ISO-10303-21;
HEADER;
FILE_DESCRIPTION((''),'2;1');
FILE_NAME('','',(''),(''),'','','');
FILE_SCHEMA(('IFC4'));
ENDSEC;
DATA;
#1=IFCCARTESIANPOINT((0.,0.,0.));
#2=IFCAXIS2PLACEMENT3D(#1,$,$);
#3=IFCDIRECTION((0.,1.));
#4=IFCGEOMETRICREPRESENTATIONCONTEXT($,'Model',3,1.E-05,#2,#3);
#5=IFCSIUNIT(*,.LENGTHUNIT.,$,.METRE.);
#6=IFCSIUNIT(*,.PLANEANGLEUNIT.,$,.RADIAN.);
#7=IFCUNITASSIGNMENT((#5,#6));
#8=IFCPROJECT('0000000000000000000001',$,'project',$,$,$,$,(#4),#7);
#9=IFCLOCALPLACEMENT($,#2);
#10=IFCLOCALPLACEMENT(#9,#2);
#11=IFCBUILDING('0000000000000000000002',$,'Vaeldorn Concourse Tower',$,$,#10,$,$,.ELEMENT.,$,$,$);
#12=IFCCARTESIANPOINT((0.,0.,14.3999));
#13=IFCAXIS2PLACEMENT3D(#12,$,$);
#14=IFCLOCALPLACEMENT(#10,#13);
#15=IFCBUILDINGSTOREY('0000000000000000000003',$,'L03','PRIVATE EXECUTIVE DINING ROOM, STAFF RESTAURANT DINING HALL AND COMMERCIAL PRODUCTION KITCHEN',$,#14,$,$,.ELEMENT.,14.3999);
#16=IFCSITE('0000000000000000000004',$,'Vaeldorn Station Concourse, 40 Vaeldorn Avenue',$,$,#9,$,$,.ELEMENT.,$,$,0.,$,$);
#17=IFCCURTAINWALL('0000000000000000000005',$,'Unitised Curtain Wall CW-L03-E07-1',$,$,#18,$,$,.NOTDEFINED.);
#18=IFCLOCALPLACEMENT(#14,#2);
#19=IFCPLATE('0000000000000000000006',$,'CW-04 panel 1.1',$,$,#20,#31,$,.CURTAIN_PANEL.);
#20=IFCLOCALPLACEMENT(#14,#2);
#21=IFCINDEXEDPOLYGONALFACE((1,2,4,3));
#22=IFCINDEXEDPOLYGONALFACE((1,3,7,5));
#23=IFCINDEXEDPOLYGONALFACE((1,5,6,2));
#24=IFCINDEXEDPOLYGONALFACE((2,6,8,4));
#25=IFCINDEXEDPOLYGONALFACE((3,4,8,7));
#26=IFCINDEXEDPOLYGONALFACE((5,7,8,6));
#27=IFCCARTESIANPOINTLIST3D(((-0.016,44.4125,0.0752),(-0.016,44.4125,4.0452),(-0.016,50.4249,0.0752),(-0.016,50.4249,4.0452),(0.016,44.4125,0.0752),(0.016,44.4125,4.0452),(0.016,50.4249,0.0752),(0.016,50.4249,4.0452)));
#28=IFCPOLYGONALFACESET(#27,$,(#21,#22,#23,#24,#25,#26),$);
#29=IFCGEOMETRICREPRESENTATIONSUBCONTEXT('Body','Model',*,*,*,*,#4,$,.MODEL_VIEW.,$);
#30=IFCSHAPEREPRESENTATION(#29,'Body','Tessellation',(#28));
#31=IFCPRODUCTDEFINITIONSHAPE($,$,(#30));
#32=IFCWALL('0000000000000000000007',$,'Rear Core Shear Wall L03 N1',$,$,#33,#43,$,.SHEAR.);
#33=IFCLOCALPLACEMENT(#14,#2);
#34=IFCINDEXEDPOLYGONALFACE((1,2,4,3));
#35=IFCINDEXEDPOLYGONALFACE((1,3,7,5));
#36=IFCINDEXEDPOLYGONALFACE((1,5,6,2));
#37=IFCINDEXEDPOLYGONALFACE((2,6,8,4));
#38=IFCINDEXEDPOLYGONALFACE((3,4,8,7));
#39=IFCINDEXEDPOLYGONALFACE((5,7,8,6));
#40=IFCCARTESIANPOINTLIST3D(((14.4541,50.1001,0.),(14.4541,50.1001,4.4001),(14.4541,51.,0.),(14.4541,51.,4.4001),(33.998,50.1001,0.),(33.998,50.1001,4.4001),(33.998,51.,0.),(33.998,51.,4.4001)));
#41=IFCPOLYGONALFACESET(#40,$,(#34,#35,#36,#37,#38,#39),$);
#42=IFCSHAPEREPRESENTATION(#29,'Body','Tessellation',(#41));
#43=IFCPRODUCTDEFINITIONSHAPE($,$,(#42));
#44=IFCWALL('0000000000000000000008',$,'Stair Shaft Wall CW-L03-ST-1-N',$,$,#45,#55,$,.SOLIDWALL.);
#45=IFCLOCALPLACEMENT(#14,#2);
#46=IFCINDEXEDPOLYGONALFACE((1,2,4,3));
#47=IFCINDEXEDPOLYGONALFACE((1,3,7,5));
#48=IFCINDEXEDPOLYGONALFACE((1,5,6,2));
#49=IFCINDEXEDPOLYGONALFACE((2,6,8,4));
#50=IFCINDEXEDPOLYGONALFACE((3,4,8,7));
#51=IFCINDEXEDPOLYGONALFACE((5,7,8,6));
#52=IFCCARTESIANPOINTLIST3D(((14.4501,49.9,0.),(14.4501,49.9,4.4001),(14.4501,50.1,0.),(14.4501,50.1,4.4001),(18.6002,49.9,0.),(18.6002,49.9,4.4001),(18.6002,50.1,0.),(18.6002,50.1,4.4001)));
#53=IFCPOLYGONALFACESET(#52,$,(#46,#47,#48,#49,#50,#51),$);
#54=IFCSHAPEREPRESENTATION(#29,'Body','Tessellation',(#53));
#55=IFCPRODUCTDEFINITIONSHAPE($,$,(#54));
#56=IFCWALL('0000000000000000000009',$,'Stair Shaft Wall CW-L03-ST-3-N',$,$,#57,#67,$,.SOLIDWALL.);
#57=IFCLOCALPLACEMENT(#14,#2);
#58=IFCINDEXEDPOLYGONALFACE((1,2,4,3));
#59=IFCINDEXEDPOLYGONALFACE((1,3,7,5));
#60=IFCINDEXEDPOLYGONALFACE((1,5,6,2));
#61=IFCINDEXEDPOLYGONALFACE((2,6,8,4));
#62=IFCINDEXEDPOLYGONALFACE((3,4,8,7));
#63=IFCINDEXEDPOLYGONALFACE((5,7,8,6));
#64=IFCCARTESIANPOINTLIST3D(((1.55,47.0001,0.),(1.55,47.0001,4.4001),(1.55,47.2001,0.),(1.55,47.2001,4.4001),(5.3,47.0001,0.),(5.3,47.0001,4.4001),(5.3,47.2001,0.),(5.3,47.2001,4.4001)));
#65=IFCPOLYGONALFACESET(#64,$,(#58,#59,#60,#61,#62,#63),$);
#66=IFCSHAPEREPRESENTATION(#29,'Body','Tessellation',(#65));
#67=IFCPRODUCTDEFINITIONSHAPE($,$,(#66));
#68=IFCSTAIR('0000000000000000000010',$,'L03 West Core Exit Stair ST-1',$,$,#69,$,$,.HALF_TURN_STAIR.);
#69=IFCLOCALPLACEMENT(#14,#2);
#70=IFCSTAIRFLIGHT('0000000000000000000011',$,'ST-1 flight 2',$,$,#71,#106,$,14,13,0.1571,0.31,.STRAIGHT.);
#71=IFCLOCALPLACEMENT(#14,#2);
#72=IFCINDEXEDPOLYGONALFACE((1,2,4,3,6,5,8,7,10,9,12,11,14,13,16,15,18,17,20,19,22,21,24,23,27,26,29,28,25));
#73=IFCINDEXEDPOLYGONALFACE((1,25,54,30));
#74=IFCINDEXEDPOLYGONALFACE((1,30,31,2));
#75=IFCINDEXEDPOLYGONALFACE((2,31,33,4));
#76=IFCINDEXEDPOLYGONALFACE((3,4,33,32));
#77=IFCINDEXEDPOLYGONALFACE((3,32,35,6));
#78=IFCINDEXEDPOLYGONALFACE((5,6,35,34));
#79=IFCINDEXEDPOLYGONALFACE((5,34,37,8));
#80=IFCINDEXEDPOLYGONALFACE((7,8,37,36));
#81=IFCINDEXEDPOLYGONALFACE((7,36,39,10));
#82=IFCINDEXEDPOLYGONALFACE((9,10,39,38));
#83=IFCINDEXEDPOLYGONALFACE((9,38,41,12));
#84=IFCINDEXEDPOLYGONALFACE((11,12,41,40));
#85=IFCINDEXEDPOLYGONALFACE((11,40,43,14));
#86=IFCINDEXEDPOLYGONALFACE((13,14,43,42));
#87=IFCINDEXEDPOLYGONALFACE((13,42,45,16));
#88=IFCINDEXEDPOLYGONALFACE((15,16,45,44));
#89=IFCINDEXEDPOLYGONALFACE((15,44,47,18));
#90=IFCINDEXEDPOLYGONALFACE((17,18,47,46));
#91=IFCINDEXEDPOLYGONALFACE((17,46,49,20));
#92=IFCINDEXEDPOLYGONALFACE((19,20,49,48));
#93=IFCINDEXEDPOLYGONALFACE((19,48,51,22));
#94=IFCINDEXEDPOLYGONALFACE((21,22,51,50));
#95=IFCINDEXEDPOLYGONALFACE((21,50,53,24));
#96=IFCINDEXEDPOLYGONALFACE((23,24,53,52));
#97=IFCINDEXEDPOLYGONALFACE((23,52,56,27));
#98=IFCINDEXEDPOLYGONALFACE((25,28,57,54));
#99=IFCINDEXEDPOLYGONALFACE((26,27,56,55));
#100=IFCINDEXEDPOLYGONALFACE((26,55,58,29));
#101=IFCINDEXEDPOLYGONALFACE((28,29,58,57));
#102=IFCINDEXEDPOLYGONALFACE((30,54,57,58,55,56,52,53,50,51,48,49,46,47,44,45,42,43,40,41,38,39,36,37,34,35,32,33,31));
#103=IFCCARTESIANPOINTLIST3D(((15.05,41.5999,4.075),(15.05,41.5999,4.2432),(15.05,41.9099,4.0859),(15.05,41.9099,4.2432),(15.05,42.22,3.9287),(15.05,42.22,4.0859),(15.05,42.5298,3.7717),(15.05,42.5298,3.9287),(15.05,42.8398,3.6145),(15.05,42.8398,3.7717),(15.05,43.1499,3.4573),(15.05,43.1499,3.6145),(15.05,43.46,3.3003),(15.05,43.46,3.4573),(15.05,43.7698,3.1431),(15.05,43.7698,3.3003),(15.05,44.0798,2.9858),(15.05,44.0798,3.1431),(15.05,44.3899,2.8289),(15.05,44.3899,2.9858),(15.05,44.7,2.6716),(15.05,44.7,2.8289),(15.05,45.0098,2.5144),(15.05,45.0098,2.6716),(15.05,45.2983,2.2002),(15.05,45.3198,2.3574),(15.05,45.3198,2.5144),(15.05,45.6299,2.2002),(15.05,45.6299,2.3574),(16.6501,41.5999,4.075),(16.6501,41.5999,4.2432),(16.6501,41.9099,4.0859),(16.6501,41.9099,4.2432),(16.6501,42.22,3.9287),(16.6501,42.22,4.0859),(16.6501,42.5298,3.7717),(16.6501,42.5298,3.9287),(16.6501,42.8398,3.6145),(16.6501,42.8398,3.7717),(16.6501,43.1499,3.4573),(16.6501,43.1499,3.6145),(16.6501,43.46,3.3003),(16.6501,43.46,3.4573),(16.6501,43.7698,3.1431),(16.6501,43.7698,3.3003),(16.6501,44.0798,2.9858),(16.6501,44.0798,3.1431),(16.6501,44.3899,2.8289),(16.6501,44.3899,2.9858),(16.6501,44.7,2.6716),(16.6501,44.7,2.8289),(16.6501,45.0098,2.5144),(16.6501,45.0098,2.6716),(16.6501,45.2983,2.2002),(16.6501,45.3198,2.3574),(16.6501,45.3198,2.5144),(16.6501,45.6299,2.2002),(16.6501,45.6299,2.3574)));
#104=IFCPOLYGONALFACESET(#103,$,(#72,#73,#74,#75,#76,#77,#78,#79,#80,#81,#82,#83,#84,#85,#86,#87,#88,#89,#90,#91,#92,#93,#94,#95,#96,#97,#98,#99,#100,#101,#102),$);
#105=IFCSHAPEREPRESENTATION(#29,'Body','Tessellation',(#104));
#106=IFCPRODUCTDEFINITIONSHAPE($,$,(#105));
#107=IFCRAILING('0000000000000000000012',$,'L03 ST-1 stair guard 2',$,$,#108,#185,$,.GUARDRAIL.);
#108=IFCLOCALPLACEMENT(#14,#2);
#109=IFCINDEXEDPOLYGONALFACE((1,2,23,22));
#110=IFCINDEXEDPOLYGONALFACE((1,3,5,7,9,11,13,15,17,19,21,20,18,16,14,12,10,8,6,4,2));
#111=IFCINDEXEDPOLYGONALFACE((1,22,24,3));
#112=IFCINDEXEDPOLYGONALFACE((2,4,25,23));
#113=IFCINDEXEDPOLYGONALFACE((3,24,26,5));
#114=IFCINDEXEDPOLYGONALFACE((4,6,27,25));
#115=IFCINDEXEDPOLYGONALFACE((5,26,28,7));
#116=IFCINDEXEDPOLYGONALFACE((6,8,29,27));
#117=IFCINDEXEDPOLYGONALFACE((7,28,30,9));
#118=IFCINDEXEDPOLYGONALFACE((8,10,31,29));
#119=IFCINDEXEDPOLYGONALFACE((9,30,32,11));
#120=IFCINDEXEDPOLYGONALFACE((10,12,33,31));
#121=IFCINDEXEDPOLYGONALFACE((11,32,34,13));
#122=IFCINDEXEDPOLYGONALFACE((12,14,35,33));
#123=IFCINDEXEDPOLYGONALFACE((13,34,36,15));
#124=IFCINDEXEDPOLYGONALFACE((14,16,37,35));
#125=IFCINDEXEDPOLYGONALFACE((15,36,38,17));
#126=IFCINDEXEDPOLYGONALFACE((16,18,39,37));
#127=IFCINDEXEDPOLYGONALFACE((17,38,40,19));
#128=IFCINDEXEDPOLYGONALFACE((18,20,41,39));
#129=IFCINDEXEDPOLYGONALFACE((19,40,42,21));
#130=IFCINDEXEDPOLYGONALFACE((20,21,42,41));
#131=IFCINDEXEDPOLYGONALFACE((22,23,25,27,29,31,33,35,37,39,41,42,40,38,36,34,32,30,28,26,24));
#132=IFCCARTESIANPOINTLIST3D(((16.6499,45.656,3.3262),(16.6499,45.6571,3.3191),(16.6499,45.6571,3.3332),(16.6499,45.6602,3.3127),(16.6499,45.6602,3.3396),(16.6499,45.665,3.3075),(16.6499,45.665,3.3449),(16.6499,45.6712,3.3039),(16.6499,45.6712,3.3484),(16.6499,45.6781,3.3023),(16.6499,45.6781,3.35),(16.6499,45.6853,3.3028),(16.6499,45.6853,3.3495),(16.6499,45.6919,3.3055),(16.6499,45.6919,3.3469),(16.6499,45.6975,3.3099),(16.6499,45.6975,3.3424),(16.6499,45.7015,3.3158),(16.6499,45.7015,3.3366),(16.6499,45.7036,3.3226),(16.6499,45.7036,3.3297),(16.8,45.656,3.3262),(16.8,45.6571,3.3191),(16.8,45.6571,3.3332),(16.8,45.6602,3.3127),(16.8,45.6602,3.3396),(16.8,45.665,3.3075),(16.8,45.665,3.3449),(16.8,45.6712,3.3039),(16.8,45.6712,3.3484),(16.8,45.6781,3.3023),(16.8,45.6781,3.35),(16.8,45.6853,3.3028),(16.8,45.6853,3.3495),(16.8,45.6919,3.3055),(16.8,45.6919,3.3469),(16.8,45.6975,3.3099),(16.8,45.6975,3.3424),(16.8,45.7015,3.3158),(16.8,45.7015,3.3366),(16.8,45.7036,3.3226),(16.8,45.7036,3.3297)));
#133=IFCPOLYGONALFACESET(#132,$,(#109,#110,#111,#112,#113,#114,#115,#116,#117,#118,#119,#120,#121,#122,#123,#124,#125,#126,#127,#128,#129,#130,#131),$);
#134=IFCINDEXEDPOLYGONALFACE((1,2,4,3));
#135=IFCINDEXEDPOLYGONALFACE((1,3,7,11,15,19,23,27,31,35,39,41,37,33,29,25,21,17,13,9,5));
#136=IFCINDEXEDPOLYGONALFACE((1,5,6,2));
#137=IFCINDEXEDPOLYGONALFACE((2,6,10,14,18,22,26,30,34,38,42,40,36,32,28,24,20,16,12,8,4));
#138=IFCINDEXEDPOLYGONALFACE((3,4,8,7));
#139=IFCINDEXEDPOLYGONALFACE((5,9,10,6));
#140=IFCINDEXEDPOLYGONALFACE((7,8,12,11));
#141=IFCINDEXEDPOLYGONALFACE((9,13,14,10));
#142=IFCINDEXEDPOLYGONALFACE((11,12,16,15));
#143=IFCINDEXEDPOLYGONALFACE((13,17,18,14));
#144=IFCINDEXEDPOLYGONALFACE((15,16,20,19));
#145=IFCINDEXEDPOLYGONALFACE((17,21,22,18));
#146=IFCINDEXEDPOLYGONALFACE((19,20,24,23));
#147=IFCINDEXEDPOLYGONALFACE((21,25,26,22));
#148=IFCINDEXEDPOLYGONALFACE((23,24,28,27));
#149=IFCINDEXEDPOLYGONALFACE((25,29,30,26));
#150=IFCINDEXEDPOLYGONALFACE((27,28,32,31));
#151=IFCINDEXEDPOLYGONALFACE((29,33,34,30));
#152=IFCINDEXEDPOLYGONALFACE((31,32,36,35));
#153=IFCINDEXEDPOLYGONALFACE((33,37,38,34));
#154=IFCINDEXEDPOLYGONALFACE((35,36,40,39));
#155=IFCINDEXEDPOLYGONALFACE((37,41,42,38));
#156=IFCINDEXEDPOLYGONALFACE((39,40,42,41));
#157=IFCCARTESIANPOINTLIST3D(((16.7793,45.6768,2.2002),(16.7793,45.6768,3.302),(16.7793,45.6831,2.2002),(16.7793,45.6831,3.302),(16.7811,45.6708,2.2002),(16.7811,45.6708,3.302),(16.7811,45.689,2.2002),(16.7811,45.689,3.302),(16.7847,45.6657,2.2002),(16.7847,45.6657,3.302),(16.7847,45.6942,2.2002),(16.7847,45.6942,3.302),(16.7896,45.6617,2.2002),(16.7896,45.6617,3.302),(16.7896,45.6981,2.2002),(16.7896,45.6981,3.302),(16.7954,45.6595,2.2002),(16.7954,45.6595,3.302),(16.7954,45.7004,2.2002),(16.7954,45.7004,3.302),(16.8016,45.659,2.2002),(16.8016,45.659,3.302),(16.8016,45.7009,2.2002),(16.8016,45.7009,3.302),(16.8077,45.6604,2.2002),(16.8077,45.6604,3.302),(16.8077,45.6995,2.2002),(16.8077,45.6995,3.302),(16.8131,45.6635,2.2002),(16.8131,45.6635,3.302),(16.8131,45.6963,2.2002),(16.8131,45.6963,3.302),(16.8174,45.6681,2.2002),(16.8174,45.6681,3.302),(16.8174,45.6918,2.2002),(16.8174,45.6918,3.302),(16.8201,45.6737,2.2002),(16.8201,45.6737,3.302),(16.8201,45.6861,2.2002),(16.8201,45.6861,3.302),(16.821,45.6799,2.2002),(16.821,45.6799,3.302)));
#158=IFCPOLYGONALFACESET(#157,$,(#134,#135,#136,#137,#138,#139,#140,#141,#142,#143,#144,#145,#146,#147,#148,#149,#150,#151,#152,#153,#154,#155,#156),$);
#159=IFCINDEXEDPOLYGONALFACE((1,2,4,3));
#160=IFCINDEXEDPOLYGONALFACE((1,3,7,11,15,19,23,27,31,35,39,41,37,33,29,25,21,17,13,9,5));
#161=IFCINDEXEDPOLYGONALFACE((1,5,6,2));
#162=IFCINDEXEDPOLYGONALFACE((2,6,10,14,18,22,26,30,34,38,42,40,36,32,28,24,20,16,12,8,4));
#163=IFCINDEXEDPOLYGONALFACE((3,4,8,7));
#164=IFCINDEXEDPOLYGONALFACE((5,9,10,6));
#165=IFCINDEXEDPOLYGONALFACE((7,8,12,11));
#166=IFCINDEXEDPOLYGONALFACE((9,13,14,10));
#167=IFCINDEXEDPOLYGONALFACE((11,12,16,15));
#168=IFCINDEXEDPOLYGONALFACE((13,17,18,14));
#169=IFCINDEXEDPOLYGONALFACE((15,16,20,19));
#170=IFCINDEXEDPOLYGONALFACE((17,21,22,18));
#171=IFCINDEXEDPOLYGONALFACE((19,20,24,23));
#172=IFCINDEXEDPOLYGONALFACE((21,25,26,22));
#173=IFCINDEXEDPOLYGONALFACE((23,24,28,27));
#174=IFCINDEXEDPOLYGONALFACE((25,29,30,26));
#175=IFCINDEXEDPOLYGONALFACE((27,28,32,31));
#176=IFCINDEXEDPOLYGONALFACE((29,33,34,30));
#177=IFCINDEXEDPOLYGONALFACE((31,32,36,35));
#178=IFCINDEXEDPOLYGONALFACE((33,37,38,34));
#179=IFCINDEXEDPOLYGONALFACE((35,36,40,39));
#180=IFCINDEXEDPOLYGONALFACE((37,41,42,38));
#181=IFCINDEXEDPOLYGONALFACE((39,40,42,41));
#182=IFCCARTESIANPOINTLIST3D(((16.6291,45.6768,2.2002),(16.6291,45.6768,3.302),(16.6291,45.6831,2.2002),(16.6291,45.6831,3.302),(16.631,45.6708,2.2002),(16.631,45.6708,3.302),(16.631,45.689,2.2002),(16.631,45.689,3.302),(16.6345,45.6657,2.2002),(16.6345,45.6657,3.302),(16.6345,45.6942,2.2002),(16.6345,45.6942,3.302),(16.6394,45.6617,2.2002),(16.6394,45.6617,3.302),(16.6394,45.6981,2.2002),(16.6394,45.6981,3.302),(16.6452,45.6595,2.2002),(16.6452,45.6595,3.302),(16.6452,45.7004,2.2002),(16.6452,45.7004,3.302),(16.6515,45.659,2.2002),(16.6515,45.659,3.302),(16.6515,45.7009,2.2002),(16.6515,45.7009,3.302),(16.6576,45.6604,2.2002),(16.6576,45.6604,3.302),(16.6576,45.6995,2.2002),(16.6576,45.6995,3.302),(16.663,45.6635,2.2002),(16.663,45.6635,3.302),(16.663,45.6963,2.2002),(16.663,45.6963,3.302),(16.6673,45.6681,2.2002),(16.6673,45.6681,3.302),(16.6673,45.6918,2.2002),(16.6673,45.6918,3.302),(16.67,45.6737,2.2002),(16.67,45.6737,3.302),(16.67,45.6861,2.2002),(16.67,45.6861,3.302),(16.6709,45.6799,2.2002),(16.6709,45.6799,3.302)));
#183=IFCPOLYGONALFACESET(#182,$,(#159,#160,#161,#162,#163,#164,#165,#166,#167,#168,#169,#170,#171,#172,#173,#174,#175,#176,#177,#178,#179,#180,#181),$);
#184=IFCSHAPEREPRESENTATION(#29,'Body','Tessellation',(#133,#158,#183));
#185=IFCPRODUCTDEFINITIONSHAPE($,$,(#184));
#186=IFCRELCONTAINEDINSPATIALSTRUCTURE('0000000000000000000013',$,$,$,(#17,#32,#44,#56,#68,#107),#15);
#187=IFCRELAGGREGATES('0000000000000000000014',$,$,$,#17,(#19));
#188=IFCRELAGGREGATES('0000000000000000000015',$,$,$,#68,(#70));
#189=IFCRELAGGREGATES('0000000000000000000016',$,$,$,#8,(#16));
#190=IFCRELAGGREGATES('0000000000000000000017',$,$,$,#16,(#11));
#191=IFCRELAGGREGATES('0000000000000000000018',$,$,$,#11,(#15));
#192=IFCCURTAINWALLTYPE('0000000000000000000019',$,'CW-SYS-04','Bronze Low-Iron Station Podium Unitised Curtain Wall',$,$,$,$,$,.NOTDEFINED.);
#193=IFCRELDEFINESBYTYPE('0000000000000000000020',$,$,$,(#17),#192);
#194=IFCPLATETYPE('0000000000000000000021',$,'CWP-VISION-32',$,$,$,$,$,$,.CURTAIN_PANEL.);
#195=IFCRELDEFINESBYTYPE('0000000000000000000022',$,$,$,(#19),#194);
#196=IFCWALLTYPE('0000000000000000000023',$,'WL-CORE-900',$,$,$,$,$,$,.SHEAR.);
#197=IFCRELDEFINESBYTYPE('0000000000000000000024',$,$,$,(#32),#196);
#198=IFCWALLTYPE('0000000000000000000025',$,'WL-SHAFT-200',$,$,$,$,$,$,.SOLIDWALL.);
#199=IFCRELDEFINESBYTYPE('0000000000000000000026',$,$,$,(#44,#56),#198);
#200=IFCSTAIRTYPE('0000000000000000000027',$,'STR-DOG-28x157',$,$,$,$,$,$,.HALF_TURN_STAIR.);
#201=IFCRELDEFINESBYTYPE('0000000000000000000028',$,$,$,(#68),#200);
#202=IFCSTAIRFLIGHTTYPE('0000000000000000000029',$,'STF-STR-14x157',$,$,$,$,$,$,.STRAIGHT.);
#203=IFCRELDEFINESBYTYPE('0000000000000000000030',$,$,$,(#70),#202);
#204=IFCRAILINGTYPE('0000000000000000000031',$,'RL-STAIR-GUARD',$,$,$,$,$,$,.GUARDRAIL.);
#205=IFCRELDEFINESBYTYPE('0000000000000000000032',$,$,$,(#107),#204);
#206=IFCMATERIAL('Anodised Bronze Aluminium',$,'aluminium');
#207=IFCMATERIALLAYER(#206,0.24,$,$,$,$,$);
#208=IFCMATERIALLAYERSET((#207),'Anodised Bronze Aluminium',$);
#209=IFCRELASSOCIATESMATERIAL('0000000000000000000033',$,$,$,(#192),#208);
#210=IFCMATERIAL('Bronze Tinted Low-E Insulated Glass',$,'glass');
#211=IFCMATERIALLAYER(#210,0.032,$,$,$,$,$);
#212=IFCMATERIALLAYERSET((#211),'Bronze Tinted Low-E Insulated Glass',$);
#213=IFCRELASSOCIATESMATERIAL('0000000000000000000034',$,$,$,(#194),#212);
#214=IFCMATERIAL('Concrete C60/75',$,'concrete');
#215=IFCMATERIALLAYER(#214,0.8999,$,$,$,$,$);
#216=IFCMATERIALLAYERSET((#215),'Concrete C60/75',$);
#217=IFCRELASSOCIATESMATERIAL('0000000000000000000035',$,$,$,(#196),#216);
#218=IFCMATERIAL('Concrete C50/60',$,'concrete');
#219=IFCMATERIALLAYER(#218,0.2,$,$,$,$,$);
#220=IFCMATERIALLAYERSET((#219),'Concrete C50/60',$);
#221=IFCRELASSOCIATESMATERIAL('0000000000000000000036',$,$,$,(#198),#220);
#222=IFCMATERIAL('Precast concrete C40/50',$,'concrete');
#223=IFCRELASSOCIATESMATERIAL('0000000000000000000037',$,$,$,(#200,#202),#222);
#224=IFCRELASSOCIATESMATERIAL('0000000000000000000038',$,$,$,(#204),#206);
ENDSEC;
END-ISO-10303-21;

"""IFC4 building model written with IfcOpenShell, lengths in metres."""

from ifc_helpers import new_model, si_unit, direction, frame, frame_2d, origin, origin_2d, place, context, subcontext, project, spatial, polyline, rectangle, circle, outline, extrude, source, transform, mapped, material, layer, layer_set, type_object, element, aggregate, save


model = new_model("IFC4")

# Units and contexts
model_context = context("Model", 3, precision=1e-05, world=origin(), true_north=direction((0.0, 1.0)))
body_context = subcontext(model_context, "Body", "Model", "MODEL_VIEW")
ifc_project = project(units=[si_unit("LENGTHUNIT", "METRE"), si_unit("PLANEANGLEUNIT", "RADIAN")], contexts=[model_context])

# Site, building, storey
site_placement = place(None, origin())
site = spatial("IfcSite", under=ifc_project, at=site_placement, Name="Vaeldorn Station Concourse, 40 Vaeldorn Avenue", CompositionType="ELEMENT", RefElevation=0.0)
building_placement = place(site_placement, origin())
building = spatial("IfcBuilding", under=site, at=building_placement, Name="Vaeldorn Concourse Tower", CompositionType="ELEMENT")
storey_placement = place(building_placement, frame((0.0, 0.0, 14.3999)))
storey = spatial("IfcBuildingStorey", under=building, at=storey_placement, Name="L03", Description="PRIVATE EXECUTIVE DINING ROOM, STAFF RESTAURANT DINING HALL AND COMMERCIAL PRODUCTION KITCHEN", CompositionType="ELEMENT", Elevation=14.3999)

# Curtain wall
ifc_material_1 = material(Name="Anodised Bronze Aluminium", Category="aluminium")
ifc_layer_1 = layer(ifc_material_1, 0.24)
ifc_layer_set_1 = layer_set([ifc_layer_1], Name="Anodised Bronze Aluminium")
curtain_wall_type = type_object("IfcCurtainWallType", Name="CW-SYS-04", Description="Bronze Low-Iron Station Podium Unitised Curtain Wall", PredefinedType="NOTDEFINED", material=ifc_layer_set_1)
curtain_wall_1_placement = place(storey_placement, origin())
curtain_wall_1 = element("IfcCurtainWall", 1, at=curtain_wall_1_placement, inside=storey, type_object=curtain_wall_type, Name="Unitised Curtain Wall CW-L03-E07-1", PredefinedType="NOTDEFINED")

# Plate
ifc_material_2 = material(Name="Bronze Tinted Low-E Insulated Glass", Category="glass")
ifc_layer_2 = layer(ifc_material_2, 0.032)
ifc_layer_set_2 = layer_set([ifc_layer_2], Name="Bronze Tinted Low-E Insulated Glass")
plate_type = type_object("IfcPlateType", Name="CWP-VISION-32", PredefinedType="CURTAIN_PANEL", material=ifc_layer_set_2)
shared_shape_1 = source(origin(), body_context, "Body", "SweptSolid", [
    extrude(rectangle(XDim=6.0125, YDim=0.032, at=origin_2d()), origin(), (0.0, 0.0, 1.0), 3.97),
])
plate_1_placement = place(storey_placement, frame((0.0, 47.4187, 0.0752), z_axis=(0.0, 0.0, 1.0), x_axis=(0.0, -1.0, 0.0)))
plate_1 = element("IfcPlate", 2, at=plate_1_placement, type_object=plate_type, Name="CW-04 panel 1.1", PredefinedType="CURTAIN_PANEL", context=body_context, shape_type="MappedRepresentation", body=[
    mapped(shared_shape_1, transform((0.0, 0.0, 0.0), scale=1.0)),
])
aggregate(curtain_wall_1, [plate_1])

# Walls
ifc_material_3 = material(Name="Concrete C60/75", Category="concrete")
ifc_layer_3 = layer(ifc_material_3, 0.8999)
ifc_layer_set_3 = layer_set([ifc_layer_3], Name="Concrete C60/75")
wall_type_1 = type_object("IfcWallType", Name="WL-CORE-900", PredefinedType="SHEAR", material=ifc_layer_set_3)
wall_1_placement = place(storey_placement, frame((14.4541, 50.55, 0.0), z_axis=(0.0, 0.0, 1.0), x_axis=(1.0, 0.0, 0.0)))
element("IfcWall", 3, at=wall_1_placement, inside=storey, type_object=wall_type_1, Name="Rear Core Shear Wall L03 N1", PredefinedType="SHEAR", context=body_context, shape_type="SweptSolid", body=[
    extrude(rectangle(XDim=19.5439, YDim=0.8999, at=frame_2d((9.772, 0.0))), origin(), (0.0, 0.0, 1.0), 4.4001),
])
ifc_material_4 = material(Name="Concrete C50/60", Category="concrete")
ifc_layer_4 = layer(ifc_material_4, 0.2)
ifc_layer_set_4 = layer_set([ifc_layer_4], Name="Concrete C50/60")
wall_type_2 = type_object("IfcWallType", Name="WL-SHAFT-200", PredefinedType="SOLIDWALL", material=ifc_layer_set_4)
wall_2_placement = place(storey_placement, frame((14.45, 50.0, 0.0), z_axis=(0.0, 0.0, 1.0), x_axis=(1.0, 0.0, 0.0)))
element("IfcWall", 4, at=wall_2_placement, inside=storey, type_object=wall_type_2, Name="Stair Shaft Wall CW-L03-ST-1-N", PredefinedType="SOLIDWALL", context=body_context, shape_type="SweptSolid", body=[
    extrude(rectangle(XDim=4.1501, YDim=0.2, at=frame_2d((2.0752, 0.0))), origin(), (0.0, 0.0, 1.0), 4.4001),
])
wall_3_placement = place(storey_placement, frame((1.55, 47.1001, 0.0), z_axis=(0.0, 0.0, 1.0), x_axis=(1.0, 0.0, 0.0)))
element("IfcWall", 5, at=wall_3_placement, inside=storey, type_object=wall_type_2, Name="Stair Shaft Wall CW-L03-ST-3-N", PredefinedType="SOLIDWALL", context=body_context, shape_type="SweptSolid", body=[
    extrude(rectangle(XDim=3.75, YDim=0.2, at=frame_2d((1.875, 0.0))), origin(), (0.0, 0.0, 1.0), 4.4001),
])

# Stair, stair flight
ifc_material_5 = material(Name="Precast concrete C40/50", Category="concrete")
stair_type = type_object("IfcStairType", Name="STR-DOG-28x157", PredefinedType="HALF_TURN_STAIR", material=ifc_material_5)
stair_placement = place(storey_placement, origin())
stair = element("IfcStair", 6, at=stair_placement, inside=storey, type_object=stair_type, Name="L03 West Core Exit Stair ST-1", PredefinedType="HALF_TURN_STAIR")
stair_flight_type = type_object("IfcStairFlightType", Name="STF-STR-14x157", PredefinedType="STRAIGHT", material=ifc_material_5)
stair_flight_placement = place(storey_placement, frame((15.8501, 45.6299, 2.2002), z_axis=(0.0, 0.0, 1.0), x_axis=(0.0, -1.0, 0.0)))
stair_flight = element("IfcStairFlight", 7, at=stair_flight_placement, type_object=stair_flight_type, Name="ST-1 flight 2", NumberOfRisers=14, NumberOfTreads=13, PredefinedType="STRAIGHT", RiserHeight=0.1571, TreadLength=0.31, context=body_context, shape_type="SweptSolid", body=[
    extrude(outline(polyline([(0.0, 0.0), (0.0, 0.1572), (0.3101, 0.1572), (0.3101, 0.3142), (0.6201, 0.3142), (0.6201, 0.4714), (0.9299, 0.4714), (0.9299, 0.6287), (1.24, 0.6287), (1.24, 0.7856), (1.55, 0.7856), (1.55, 0.9429), (1.8601, 0.9429), (1.8601, 1.1001), (2.1699, 1.1001), (2.1699, 1.2571), (2.48, 1.2571), (2.48, 1.4143), (2.79, 1.4143), (2.79, 1.5715), (3.1001, 1.5715), (3.1001, 1.7285), (3.4099, 1.7285), (3.4099, 1.8857), (3.72, 1.8857), (3.72, 2.043), (4.03, 2.043), (4.03, 2.2), (4.03, 1.8748), (0.3315, 0.0), (0.0, 0.0)])), frame((0.0, 0.8, 0.0), z_axis=(0.0, -1.0, 0.0), x_axis=(1.0, 0.0, 0.0)), (0.0, 0.0, 1.0), 1.6001),
])
aggregate(stair, [stair_flight])

# Railing
railing_type_1 = type_object("IfcRailingType", Name="RL-STAIR-GUARD", PredefinedType="GUARDRAIL", material=ifc_material_1)
railing_1_placement = place(storey_placement, frame((16.8, 45.6799, 2.2002)))
element("IfcRailing", 8, at=railing_1_placement, inside=storey, type_object=railing_type_1, Name="L03 ST-1 stair guard 2", PredefinedType="GUARDRAIL", context=body_context, shape_type="SweptSolid", body=[
    extrude(circle(Radius=0.0239, at=origin_2d()), frame((0.0, 0.0, 1.126), z_axis=(-1.0, 0.0, 0.0), x_axis=(0.0, -1.0, 0.0)), (0.0, 0.0, 1.0), 0.1501),
    extrude(circle(Radius=0.021, at=origin_2d()), origin(), (0.0, 0.0, 1.0), 1.1018),
    extrude(circle(Radius=0.021, at=origin_2d()), frame((-0.1501, 0.0, 0.0)), (0.0, 0.0, 1.0), 1.1018),
])

save(model, "model.ifc")
